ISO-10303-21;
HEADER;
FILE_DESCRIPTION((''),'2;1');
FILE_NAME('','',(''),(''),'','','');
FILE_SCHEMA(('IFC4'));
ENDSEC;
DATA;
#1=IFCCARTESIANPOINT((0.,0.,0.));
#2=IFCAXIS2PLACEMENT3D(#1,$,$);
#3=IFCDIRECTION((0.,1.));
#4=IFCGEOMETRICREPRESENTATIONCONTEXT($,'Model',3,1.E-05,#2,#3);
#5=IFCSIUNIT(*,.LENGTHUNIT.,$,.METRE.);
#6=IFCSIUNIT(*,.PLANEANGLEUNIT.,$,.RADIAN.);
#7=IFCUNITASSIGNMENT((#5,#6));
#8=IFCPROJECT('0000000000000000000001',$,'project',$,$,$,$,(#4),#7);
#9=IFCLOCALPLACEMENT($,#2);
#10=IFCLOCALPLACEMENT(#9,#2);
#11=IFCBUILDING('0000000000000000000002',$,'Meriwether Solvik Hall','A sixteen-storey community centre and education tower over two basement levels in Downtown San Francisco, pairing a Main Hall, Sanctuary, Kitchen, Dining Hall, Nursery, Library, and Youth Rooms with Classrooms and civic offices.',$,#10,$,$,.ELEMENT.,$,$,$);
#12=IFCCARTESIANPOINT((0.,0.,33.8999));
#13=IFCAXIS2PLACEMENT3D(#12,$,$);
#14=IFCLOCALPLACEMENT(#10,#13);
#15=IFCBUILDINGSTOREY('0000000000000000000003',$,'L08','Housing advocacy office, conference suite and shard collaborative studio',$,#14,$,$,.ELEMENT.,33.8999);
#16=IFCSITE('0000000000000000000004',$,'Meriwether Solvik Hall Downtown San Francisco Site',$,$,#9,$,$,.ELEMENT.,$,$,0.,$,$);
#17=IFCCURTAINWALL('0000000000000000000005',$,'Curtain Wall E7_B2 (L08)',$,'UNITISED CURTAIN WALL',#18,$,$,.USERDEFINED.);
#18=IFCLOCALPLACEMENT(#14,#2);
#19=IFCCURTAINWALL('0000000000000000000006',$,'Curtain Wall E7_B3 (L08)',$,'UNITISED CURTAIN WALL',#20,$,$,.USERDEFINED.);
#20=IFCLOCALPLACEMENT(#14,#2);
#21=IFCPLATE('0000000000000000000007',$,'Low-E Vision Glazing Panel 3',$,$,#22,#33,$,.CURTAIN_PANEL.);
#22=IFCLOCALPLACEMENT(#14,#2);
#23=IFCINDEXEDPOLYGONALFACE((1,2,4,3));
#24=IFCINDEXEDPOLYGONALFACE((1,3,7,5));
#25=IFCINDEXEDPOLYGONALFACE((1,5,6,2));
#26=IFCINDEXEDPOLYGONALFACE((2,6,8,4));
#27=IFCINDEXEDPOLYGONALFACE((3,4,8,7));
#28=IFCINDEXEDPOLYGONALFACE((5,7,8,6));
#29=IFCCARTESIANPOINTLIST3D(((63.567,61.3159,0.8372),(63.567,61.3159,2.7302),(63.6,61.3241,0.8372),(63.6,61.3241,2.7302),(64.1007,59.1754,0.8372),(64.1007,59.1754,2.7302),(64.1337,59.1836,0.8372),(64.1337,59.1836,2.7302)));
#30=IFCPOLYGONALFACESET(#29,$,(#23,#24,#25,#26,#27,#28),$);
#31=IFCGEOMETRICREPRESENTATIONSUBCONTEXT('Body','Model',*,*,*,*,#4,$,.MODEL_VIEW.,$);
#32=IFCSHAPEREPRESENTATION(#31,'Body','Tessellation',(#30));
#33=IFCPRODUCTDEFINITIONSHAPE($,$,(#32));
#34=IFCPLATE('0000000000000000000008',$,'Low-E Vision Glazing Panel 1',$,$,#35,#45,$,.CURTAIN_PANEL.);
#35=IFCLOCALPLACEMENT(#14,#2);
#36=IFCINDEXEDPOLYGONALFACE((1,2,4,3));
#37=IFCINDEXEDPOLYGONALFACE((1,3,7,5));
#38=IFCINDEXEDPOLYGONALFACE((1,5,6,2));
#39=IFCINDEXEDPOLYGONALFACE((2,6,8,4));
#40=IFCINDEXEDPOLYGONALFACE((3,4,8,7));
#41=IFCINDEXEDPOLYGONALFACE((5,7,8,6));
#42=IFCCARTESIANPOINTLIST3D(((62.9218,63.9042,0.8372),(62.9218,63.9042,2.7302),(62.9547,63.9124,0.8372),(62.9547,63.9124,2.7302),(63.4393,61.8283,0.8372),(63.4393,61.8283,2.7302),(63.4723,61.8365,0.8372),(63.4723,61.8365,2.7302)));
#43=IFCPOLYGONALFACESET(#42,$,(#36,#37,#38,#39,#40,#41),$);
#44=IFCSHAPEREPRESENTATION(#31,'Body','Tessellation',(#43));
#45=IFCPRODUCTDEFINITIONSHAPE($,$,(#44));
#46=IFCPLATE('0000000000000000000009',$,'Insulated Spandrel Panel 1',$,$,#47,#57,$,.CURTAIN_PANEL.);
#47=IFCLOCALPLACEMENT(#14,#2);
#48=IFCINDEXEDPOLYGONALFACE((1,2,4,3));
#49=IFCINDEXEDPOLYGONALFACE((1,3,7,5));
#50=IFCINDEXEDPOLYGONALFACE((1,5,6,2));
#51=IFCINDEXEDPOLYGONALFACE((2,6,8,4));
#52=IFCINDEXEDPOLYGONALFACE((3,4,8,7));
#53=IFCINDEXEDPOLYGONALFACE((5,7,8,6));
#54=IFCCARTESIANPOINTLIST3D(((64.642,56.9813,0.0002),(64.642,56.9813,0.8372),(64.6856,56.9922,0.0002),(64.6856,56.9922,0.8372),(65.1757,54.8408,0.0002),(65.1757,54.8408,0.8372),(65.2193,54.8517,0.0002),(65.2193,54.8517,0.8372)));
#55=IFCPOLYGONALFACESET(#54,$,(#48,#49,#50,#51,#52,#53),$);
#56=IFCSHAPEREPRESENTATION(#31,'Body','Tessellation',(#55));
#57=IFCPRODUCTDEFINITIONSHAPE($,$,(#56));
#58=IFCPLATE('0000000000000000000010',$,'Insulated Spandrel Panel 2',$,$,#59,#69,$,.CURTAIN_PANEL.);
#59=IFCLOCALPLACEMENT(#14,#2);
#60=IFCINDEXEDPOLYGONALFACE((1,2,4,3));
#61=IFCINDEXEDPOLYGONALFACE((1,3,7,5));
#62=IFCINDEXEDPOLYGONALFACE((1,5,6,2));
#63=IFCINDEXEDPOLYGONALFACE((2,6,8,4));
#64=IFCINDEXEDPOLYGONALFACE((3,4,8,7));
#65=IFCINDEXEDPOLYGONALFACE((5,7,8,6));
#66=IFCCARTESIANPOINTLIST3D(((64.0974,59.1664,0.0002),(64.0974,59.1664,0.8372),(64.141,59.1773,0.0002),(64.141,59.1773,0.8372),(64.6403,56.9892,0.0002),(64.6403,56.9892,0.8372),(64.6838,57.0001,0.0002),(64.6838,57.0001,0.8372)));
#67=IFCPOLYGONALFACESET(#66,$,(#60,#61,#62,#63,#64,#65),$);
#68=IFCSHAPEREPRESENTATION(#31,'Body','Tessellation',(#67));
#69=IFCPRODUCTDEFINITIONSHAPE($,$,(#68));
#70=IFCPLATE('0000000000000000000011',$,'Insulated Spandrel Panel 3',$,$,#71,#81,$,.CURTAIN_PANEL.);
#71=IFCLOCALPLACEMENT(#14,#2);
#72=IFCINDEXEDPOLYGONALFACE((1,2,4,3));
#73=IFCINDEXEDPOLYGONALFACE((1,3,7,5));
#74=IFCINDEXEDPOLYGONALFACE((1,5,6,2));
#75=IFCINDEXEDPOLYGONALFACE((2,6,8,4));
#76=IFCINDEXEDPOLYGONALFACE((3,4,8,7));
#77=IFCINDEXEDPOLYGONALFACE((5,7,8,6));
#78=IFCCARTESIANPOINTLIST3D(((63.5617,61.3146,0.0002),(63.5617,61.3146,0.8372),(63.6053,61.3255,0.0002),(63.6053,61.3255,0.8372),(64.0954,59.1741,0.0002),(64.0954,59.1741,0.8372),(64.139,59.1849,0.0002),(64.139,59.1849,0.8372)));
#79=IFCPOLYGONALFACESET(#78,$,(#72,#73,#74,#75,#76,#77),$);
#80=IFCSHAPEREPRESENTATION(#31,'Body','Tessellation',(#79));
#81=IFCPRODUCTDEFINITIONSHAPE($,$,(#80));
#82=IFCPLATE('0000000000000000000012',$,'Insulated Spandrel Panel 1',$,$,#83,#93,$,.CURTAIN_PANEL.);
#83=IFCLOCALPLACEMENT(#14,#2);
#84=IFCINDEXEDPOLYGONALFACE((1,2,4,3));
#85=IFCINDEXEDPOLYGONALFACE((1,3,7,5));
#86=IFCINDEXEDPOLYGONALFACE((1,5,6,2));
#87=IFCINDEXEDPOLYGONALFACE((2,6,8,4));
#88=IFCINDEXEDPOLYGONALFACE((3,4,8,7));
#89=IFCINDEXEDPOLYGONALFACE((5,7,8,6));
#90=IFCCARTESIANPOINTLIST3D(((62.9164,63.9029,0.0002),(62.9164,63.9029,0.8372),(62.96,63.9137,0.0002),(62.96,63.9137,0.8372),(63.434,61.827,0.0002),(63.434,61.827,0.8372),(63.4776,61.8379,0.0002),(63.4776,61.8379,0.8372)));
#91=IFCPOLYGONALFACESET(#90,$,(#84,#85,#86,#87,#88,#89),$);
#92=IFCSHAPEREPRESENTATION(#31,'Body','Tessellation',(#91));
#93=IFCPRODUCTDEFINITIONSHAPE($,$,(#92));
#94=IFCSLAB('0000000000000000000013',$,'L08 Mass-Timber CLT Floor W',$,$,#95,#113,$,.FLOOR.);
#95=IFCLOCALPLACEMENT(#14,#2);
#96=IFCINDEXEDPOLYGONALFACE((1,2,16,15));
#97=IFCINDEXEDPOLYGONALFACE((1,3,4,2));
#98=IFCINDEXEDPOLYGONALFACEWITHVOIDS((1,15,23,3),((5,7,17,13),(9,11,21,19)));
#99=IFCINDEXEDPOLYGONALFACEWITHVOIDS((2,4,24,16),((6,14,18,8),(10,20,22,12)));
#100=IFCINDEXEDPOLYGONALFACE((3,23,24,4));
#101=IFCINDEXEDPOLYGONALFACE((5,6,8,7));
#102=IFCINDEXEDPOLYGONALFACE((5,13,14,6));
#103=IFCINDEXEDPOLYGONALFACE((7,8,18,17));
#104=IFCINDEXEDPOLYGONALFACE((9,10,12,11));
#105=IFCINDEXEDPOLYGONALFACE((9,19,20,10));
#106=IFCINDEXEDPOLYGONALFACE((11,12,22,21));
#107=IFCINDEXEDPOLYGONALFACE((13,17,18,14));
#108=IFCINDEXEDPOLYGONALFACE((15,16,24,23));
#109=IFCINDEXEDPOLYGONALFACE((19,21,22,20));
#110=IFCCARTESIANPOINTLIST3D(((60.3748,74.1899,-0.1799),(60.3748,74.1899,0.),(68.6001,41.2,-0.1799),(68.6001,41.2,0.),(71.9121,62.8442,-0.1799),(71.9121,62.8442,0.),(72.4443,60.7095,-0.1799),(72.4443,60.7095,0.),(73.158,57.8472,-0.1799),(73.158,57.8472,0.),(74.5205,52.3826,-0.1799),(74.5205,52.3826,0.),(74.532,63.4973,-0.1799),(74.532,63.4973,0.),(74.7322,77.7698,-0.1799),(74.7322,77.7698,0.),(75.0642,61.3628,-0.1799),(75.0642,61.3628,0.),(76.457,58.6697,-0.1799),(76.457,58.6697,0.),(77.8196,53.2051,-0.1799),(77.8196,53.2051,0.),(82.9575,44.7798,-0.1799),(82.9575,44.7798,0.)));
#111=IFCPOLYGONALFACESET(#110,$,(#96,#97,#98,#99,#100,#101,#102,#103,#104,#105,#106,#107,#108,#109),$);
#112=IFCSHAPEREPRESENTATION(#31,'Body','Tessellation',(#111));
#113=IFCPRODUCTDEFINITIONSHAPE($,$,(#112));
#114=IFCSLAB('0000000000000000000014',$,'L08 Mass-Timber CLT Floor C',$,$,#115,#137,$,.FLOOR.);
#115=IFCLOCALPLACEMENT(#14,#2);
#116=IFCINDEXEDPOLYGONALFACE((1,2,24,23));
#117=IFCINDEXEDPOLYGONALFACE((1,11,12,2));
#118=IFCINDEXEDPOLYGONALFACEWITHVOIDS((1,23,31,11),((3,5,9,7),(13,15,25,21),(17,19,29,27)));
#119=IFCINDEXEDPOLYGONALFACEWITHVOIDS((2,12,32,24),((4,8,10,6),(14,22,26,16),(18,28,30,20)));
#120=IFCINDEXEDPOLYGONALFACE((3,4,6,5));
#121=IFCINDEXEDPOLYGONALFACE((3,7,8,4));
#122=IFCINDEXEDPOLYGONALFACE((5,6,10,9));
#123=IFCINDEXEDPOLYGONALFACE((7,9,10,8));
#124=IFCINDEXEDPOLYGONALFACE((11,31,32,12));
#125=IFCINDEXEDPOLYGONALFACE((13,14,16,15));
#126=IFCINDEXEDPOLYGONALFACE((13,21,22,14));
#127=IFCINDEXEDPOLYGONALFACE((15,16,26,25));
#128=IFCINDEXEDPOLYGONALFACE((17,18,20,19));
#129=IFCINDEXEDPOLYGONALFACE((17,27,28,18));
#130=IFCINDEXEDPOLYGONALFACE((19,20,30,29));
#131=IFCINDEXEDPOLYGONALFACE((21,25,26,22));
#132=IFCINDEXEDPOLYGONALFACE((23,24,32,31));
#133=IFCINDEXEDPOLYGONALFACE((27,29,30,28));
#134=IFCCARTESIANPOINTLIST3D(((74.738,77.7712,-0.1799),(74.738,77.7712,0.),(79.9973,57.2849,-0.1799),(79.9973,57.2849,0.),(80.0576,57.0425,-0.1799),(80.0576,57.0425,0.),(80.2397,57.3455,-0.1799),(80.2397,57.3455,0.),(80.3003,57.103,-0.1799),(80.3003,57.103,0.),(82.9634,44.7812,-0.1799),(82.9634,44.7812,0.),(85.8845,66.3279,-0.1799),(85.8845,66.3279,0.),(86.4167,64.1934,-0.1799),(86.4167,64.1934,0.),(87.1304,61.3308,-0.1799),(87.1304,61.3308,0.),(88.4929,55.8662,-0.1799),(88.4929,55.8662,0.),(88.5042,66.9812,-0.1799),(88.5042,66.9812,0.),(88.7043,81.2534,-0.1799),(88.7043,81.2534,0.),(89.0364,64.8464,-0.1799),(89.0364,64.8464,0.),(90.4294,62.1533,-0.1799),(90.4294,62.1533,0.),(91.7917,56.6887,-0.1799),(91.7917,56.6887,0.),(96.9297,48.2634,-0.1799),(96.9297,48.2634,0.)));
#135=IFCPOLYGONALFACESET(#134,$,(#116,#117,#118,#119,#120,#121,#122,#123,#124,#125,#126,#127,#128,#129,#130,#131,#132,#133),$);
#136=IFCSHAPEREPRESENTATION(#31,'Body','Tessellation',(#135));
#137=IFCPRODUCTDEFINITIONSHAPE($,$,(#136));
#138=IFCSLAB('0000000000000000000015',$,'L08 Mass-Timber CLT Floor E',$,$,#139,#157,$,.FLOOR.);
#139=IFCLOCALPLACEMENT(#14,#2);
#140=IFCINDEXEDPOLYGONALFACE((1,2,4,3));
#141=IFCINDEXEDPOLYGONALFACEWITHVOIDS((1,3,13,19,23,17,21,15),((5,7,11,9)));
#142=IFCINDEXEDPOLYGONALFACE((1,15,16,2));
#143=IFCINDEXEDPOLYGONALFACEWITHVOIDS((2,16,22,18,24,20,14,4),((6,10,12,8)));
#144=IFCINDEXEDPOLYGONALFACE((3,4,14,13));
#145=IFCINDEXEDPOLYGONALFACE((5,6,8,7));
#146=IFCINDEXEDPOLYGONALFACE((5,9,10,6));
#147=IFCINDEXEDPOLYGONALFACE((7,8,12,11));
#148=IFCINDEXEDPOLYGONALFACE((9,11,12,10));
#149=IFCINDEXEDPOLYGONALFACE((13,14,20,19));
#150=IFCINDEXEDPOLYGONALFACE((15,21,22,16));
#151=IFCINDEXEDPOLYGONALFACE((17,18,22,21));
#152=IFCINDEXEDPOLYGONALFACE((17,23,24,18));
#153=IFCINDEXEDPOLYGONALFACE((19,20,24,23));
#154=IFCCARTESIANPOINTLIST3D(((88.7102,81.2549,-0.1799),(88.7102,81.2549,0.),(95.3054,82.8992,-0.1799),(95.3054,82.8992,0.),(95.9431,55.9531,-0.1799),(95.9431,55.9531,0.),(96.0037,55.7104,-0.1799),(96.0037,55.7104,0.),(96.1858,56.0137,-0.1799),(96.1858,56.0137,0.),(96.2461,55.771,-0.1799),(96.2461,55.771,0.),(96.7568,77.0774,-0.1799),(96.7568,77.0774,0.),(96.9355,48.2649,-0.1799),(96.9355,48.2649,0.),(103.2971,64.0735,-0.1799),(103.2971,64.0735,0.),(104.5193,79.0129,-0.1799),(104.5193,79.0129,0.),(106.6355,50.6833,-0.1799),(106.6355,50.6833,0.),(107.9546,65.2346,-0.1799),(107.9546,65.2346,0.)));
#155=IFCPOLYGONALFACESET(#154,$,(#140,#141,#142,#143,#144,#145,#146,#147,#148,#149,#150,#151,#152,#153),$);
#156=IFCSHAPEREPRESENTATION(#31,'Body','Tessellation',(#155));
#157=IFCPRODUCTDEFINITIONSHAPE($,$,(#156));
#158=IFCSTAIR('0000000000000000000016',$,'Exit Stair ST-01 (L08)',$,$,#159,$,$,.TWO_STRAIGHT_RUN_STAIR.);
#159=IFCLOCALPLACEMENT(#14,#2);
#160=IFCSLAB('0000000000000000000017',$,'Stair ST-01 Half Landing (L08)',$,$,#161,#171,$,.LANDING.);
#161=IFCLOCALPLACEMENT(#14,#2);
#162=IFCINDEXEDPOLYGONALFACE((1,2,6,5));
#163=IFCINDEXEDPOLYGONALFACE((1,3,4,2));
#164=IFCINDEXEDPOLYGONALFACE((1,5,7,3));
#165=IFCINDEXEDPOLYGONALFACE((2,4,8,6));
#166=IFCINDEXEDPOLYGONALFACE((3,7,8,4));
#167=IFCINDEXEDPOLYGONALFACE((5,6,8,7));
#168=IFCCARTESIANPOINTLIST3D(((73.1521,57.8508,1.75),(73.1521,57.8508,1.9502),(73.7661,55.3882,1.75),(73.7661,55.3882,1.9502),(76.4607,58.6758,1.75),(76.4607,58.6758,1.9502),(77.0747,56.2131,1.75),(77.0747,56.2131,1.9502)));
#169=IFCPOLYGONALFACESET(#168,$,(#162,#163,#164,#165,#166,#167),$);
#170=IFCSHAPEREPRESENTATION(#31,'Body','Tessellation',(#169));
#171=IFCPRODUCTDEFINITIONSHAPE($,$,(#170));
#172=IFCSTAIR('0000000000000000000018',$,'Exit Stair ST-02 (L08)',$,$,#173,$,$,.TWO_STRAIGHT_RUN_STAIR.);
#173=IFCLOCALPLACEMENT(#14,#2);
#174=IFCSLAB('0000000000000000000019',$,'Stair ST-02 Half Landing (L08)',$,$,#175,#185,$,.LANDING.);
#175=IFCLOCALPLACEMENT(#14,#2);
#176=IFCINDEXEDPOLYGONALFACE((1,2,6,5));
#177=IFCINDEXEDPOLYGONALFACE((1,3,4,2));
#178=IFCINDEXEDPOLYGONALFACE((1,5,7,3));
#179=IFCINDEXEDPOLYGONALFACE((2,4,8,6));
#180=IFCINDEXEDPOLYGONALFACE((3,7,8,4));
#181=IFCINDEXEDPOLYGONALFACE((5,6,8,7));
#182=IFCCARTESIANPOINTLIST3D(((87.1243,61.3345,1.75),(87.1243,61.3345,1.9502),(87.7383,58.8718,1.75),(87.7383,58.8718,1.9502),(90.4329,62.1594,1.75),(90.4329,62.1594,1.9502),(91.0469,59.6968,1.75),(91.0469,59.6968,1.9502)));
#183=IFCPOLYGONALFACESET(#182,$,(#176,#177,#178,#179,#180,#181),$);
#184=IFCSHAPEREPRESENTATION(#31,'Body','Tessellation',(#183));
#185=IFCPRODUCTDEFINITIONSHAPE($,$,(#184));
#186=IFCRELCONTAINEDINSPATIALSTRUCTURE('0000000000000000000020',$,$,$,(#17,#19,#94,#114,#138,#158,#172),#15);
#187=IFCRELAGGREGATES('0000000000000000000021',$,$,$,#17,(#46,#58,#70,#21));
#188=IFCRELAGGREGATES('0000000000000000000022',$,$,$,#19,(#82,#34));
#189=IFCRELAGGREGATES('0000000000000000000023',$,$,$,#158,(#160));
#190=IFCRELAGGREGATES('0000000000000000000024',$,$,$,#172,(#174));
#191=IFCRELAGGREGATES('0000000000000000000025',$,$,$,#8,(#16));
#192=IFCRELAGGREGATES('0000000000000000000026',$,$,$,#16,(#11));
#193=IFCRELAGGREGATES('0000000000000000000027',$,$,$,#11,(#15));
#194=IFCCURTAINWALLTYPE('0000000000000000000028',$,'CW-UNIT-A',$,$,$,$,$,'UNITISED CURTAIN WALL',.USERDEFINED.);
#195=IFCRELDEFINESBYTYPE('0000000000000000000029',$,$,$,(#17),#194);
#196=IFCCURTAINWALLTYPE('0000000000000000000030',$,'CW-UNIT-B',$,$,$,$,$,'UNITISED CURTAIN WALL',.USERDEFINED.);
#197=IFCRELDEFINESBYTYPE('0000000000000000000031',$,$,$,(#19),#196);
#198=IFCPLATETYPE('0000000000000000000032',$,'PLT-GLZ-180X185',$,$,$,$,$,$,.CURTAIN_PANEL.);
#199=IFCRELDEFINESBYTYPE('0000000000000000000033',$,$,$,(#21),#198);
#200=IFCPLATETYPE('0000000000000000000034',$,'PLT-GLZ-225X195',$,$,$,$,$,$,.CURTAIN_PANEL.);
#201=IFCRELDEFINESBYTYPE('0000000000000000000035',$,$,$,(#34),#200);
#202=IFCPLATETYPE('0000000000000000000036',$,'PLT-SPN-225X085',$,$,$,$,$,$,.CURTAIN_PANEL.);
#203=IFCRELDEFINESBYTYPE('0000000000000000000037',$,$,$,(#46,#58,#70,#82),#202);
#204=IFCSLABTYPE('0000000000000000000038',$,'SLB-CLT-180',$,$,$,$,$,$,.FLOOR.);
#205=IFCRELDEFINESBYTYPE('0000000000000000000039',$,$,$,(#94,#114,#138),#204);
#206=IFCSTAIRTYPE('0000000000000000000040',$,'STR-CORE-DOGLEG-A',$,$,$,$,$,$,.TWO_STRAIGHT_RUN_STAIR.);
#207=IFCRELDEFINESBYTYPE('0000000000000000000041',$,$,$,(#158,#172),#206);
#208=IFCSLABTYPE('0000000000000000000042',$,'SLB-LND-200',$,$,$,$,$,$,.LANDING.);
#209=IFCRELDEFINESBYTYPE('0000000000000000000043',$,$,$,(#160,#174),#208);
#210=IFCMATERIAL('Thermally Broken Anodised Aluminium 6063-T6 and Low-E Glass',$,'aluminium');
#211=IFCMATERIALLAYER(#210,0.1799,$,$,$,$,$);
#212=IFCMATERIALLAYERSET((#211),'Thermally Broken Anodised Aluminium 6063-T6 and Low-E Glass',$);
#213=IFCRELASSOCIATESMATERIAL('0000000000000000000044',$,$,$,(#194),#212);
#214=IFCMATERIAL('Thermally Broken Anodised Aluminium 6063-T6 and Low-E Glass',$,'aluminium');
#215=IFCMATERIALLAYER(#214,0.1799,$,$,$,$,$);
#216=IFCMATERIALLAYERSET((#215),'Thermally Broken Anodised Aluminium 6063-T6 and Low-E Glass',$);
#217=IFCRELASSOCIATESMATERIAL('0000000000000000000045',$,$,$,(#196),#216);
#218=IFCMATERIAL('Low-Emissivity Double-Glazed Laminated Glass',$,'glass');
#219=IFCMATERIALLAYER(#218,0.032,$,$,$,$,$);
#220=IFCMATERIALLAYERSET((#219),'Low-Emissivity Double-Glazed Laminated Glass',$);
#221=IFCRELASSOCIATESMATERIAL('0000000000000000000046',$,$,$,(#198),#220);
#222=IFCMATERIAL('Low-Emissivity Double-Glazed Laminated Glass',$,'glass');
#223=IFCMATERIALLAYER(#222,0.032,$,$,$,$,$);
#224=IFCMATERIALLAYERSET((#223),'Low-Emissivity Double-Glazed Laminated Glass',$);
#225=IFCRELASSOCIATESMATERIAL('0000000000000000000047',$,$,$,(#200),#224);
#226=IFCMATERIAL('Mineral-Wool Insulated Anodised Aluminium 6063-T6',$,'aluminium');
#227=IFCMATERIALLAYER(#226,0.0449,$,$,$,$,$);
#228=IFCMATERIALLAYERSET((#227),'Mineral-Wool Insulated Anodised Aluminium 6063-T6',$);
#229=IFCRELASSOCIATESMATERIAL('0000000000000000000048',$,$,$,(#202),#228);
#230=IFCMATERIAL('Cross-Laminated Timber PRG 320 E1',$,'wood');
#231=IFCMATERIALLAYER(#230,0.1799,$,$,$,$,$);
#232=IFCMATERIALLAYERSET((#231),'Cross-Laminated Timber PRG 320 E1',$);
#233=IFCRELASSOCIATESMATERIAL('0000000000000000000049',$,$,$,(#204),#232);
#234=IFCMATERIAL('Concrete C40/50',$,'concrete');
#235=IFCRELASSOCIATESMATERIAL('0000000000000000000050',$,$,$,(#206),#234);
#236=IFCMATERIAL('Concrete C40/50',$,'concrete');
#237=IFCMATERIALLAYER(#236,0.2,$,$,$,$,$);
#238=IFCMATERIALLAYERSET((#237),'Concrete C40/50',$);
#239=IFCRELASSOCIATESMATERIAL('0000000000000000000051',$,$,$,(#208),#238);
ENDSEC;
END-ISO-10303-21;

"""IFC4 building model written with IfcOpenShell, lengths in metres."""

from ifc_helpers import new_model, si_unit, direction, frame, origin, origin_2d, place, context, subcontext, project, spatial, polyline, rectangle, outline, extrude, material, layer, layer_set, type_object, element, aggregate, save


model = new_model("IFC4")

# Units and contexts
model_context = context("Model", 3, precision=1e-05, world=origin(), true_north=direction((0.0, 1.0)))
body_context = subcontext(model_context, "Body", "Model", "MODEL_VIEW")
ifc_project = project(units=[si_unit("LENGTHUNIT", "METRE"), si_unit("PLANEANGLEUNIT", "RADIAN")], contexts=[model_context])

# Site, building, storey
site_placement = place(None, origin())
site = spatial("IfcSite", under=ifc_project, at=site_placement, Name="Meriwether Solvik Hall Downtown San Francisco Site", CompositionType="ELEMENT", RefElevation=0.0)
building_placement = place(site_placement, origin())
building = spatial("IfcBuilding", under=site, at=building_placement, Name="Meriwether Solvik Hall", Description="A sixteen-storey community centre and education tower over two basement levels in Downtown San Francisco, pairing a Main Hall, Sanctuary, Kitchen, Dining Hall, Nursery, Library, and Youth Rooms with Classrooms and civic offices.", CompositionType="ELEMENT")
storey_placement = place(building_placement, frame((0.0, 0.0, 33.8999)))
storey = spatial("IfcBuildingStorey", under=building, at=storey_placement, Name="L08", Description="Housing advocacy office, conference suite and shard collaborative studio", CompositionType="ELEMENT", Elevation=33.8999)

# Curtain wall
ifc_material_1 = material(Name="Thermally Broken Anodised Aluminium 6063-T6 and Low-E Glass", Category="aluminium")
ifc_layer_1 = layer(ifc_material_1, 0.1799)
ifc_layer_set_1 = layer_set([ifc_layer_1], Name="Thermally Broken Anodised Aluminium 6063-T6 and Low-E Glass")
curtain_wall_type_1 = type_object("IfcCurtainWallType", Name="CW-UNIT-A", ElementType="UNITISED CURTAIN WALL", PredefinedType="USERDEFINED", material=ifc_layer_set_1)
curtain_wall_1_placement = place(storey_placement, origin())
curtain_wall_1 = element("IfcCurtainWall", 1, at=curtain_wall_1_placement, inside=storey, type_object=curtain_wall_type_1, Name="Curtain Wall E7_B2 (L08)", ObjectType="UNITISED CURTAIN WALL", PredefinedType="USERDEFINED")

# Curtain wall
ifc_material_2 = material(Name="Thermally Broken Anodised Aluminium 6063-T6 and Low-E Glass", Category="aluminium")
ifc_layer_2 = layer(ifc_material_2, 0.1799)
ifc_layer_set_2 = layer_set([ifc_layer_2], Name="Thermally Broken Anodised Aluminium 6063-T6 and Low-E Glass")
curtain_wall_type_2 = type_object("IfcCurtainWallType", Name="CW-UNIT-B", ElementType="UNITISED CURTAIN WALL", PredefinedType="USERDEFINED", material=ifc_layer_set_2)
curtain_wall_2_placement = place(storey_placement, origin())
curtain_wall_2 = element("IfcCurtainWall", 2, at=curtain_wall_2_placement, inside=storey, type_object=curtain_wall_type_2, Name="Curtain Wall E7_B3 (L08)", ObjectType="UNITISED CURTAIN WALL", PredefinedType="USERDEFINED")

# Plates
ifc_material_3 = material(Name="Low-Emissivity Double-Glazed Laminated Glass", Category="glass")
ifc_layer_3 = layer(ifc_material_3, 0.032)
ifc_layer_set_3 = layer_set([ifc_layer_3], Name="Low-Emissivity Double-Glazed Laminated Glass")
plate_type_1 = type_object("IfcPlateType", Name="PLT-GLZ-180X185", PredefinedType="CURTAIN_PANEL", material=ifc_layer_set_3)
plate_1_placement = place(storey_placement, frame((63.8503, 60.2498, 0.8372), z_axis=(0.0, 0.0, 1.0), x_axis=(-0.241922, 0.970296, 0.0)))
plate_1 = element("IfcPlate", 3, at=plate_1_placement, type_object=plate_type_1, Name="Low-E Vision Glazing Panel 3", PredefinedType="CURTAIN_PANEL", context=body_context, shape_type="SweptSolid", body=[
    extrude(rectangle(XDim=2.2061, YDim=0.0339, at=origin_2d()), origin(), (0.0, 0.0, 1.0), 1.8931),
])
ifc_material_4 = material(Name="Low-Emissivity Double-Glazed Laminated Glass", Category="glass")
ifc_layer_4 = layer(ifc_material_4, 0.032)
ifc_layer_set_4 = layer_set([ifc_layer_4], Name="Low-Emissivity Double-Glazed Laminated Glass")
plate_type_2 = type_object("IfcPlateType", Name="PLT-GLZ-225X195", PredefinedType="CURTAIN_PANEL", material=ifc_layer_set_4)
plate_2_placement = place(storey_placement, frame((63.197, 62.8704, 0.8372), z_axis=(0.0, 0.0, 1.0), x_axis=(-0.241922, 0.970296, 0.0)))
plate_2 = element("IfcPlate", 4, at=plate_2_placement, type_object=plate_type_2, Name="Low-E Vision Glazing Panel 1", PredefinedType="CURTAIN_PANEL", context=body_context, shape_type="SweptSolid", body=[
    extrude(rectangle(XDim=2.1394, YDim=0.0339, at=origin_2d()), origin(), (0.0, 0.0, 1.0), 1.8931),
])
ifc_material_5 = material(Name="Mineral-Wool Insulated Anodised Aluminium 6063-T6", Category="aluminium")
ifc_layer_5 = layer(ifc_material_5, 0.0449)
ifc_layer_set_5 = layer_set([ifc_layer_5], Name="Mineral-Wool Insulated Anodised Aluminium 6063-T6")
plate_type_3 = type_object("IfcPlateType", Name="PLT-SPN-225X085", PredefinedType="CURTAIN_PANEL", material=ifc_layer_set_5)
plate_3_placement = place(storey_placement, frame((64.9307, 55.9165, 0.0002), z_axis=(0.0, 0.0, 1.0), x_axis=(-0.241922, 0.970296, 0.0)))
plate_3 = element("IfcPlate", 5, at=plate_3_placement, type_object=plate_type_3, Name="Insulated Spandrel Panel 1", PredefinedType="CURTAIN_PANEL", context=body_context, shape_type="SweptSolid", body=[
    extrude(rectangle(XDim=2.2061, YDim=0.0449, at=origin_2d()), origin(), (0.0, 0.0, 1.0), 0.8369),
])
plate_4_placement = place(storey_placement, frame((64.3906, 58.0833, 0.0002), z_axis=(0.0, 0.0, 1.0), x_axis=(-0.241922, 0.970296, 0.0)))
plate_4 = element("IfcPlate", 6, at=plate_4_placement, type_object=plate_type_3, Name="Insulated Spandrel Panel 2", PredefinedType="CURTAIN_PANEL", context=body_context, shape_type="SweptSolid", body=[
    extrude(rectangle(XDim=2.2439, YDim=0.0449, at=origin_2d()), origin(), (0.0, 0.0, 1.0), 0.8369),
])
plate_5_placement = place(storey_placement, frame((63.8503, 60.2498, 0.0002), z_axis=(0.0, 0.0, 1.0), x_axis=(-0.241922, 0.970296, 0.0)))
plate_5 = element("IfcPlate", 7, at=plate_5_placement, type_object=plate_type_3, Name="Insulated Spandrel Panel 3", PredefinedType="CURTAIN_PANEL", context=body_context, shape_type="SweptSolid", body=[
    extrude(rectangle(XDim=2.2061, YDim=0.0449, at=origin_2d()), origin(), (0.0, 0.0, 1.0), 0.8369),
])
aggregate(curtain_wall_1, [plate_3, plate_4, plate_5, plate_1])
plate_6_placement = place(storey_placement, frame((63.197, 62.8704, 0.0002), z_axis=(0.0, 0.0, 1.0), x_axis=(-0.241922, 0.970296, 0.0)))
plate_6 = element("IfcPlate", 8, at=plate_6_placement, type_object=plate_type_3, Name="Insulated Spandrel Panel 1", PredefinedType="CURTAIN_PANEL", context=body_context, shape_type="SweptSolid", body=[
    extrude(rectangle(XDim=2.1394, YDim=0.0449, at=origin_2d()), origin(), (0.0, 0.0, 1.0), 0.8369),
])
aggregate(curtain_wall_2, [plate_6, plate_2])

# Slabs
ifc_material_6 = material(Name="Cross-Laminated Timber PRG 320 E1", Category="wood")
ifc_layer_6 = layer(ifc_material_6, 0.1799)
ifc_layer_set_6 = layer_set([ifc_layer_6], Name="Cross-Laminated Timber PRG 320 E1")
slab_type_1 = type_object("IfcSlabType", Name="SLB-CLT-180", PredefinedType="FLOOR", material=ifc_layer_set_6)
slab_1_placement = place(storey_placement, frame((0.0, 0.0, -0.1799)))
element("IfcSlab", 9, at=slab_1_placement, inside=storey, type_object=slab_type_1, Name="L08 Mass-Timber CLT Floor W", PredefinedType="FLOOR", context=body_context, shape_type="SweptSolid", body=[
    extrude(outline(polyline([(74.7322, 77.7698), (82.9575, 44.7798), (68.6001, 41.2), (60.3748, 74.1899), (74.7322, 77.7698)]), holes=[polyline([(74.5205, 52.3826), (77.8196, 53.2051), (76.457, 58.6697), (73.158, 57.8472), (74.5205, 52.3826)]), polyline([(71.9121, 62.8442), (72.4443, 60.7095), (75.0642, 61.3628), (74.532, 63.4973), (71.9121, 62.8442)])]), origin(), (0.0, 0.0, 1.0), 0.1799),
])
slab_2_placement = place(storey_placement, frame((0.0, 0.0, -0.1799)))
element("IfcSlab", 10, at=slab_2_placement, inside=storey, type_object=slab_type_1, Name="L08 Mass-Timber CLT Floor C", PredefinedType="FLOOR", context=body_context, shape_type="SweptSolid", body=[
    extrude(outline(polyline([(88.7043, 81.2534), (96.9297, 48.2634), (82.9634, 44.7812), (74.738, 77.7712), (88.7043, 81.2534)]), holes=[polyline([(79.9973, 57.2849), (80.0576, 57.0425), (80.3003, 57.103), (80.2397, 57.3455), (79.9973, 57.2849)]), polyline([(88.4929, 55.8662), (91.7917, 56.6887), (90.4294, 62.1533), (87.1304, 61.3308), (88.4929, 55.8662)]), polyline([(85.8845, 66.3279), (86.4167, 64.1934), (89.0364, 64.8464), (88.5042, 66.9812), (85.8845, 66.3279)])]), origin(), (0.0, 0.0, 1.0), 0.1799),
])
slab_3_placement = place(storey_placement, frame((0.0, 0.0, -0.1799)))
element("IfcSlab", 11, at=slab_3_placement, inside=storey, type_object=slab_type_1, Name="L08 Mass-Timber CLT Floor E", PredefinedType="FLOOR", context=body_context, shape_type="SweptSolid", body=[
    extrude(outline(polyline([(95.3054, 82.8992), (96.7568, 77.0774), (104.5193, 79.0129), (107.9546, 65.2346), (103.2971, 64.0735), (106.6355, 50.6833), (96.9355, 48.2649), (88.7102, 81.2549), (95.3054, 82.8992)]), holes=[polyline([(95.9431, 55.9531), (96.0037, 55.7104), (96.2461, 55.771), (96.1858, 56.0137), (95.9431, 55.9531)])]), origin(), (0.0, 0.0, 1.0), 0.1799),
])

# Stairs, slabs
ifc_material_7 = material(Name="Concrete C40/50", Category="concrete")
stair_type = type_object("IfcStairType", Name="STR-CORE-DOGLEG-A", PredefinedType="TWO_STRAIGHT_RUN_STAIR", material=ifc_material_7)
stair_1_placement = place(storey_placement, origin())
stair_1 = element("IfcStair", 12, at=stair_1_placement, inside=storey, type_object=stair_type, Name="Exit Stair ST-01 (L08)", PredefinedType="TWO_STRAIGHT_RUN_STAIR")
ifc_material_8 = material(Name="Concrete C40/50", Category="concrete")
ifc_layer_7 = layer(ifc_material_8, 0.2)
ifc_layer_set_7 = layer_set([ifc_layer_7], Name="Concrete C40/50")
slab_type_2 = type_object("IfcSlabType", Name="SLB-LND-200", PredefinedType="LANDING", material=ifc_layer_set_7)
slab_4_placement = place(storey_placement, frame((0.0, 0.0, 1.75)))
slab_4 = element("IfcSlab", 13, at=slab_4_placement, type_object=slab_type_2, Name="Stair ST-01 Half Landing (L08)", PredefinedType="LANDING", context=body_context, shape_type="SweptSolid", body=[
    extrude(outline(polyline([(73.7661, 55.3882), (77.0747, 56.2131), (76.4607, 58.6758), (73.1521, 57.8508), (73.7661, 55.3882)])), origin(), (0.0, 0.0, 1.0), 0.2002),
])
aggregate(stair_1, [slab_4])
stair_2_placement = place(storey_placement, origin())
stair_2 = element("IfcStair", 14, at=stair_2_placement, inside=storey, type_object=stair_type, Name="Exit Stair ST-02 (L08)", PredefinedType="TWO_STRAIGHT_RUN_STAIR")
slab_5_placement = place(storey_placement, frame((0.0, 0.0, 1.75)))
slab_5 = element("IfcSlab", 15, at=slab_5_placement, type_object=slab_type_2, Name="Stair ST-02 Half Landing (L08)", PredefinedType="LANDING", context=body_context, shape_type="SweptSolid", body=[
    extrude(outline(polyline([(87.7383, 58.8718), (91.0469, 59.6968), (90.4329, 62.1594), (87.1243, 61.3345), (87.7383, 58.8718)])), origin(), (0.0, 0.0, 1.0), 0.2002),
])
aggregate(stair_2, [slab_5])

save(model, "model.ifc")
